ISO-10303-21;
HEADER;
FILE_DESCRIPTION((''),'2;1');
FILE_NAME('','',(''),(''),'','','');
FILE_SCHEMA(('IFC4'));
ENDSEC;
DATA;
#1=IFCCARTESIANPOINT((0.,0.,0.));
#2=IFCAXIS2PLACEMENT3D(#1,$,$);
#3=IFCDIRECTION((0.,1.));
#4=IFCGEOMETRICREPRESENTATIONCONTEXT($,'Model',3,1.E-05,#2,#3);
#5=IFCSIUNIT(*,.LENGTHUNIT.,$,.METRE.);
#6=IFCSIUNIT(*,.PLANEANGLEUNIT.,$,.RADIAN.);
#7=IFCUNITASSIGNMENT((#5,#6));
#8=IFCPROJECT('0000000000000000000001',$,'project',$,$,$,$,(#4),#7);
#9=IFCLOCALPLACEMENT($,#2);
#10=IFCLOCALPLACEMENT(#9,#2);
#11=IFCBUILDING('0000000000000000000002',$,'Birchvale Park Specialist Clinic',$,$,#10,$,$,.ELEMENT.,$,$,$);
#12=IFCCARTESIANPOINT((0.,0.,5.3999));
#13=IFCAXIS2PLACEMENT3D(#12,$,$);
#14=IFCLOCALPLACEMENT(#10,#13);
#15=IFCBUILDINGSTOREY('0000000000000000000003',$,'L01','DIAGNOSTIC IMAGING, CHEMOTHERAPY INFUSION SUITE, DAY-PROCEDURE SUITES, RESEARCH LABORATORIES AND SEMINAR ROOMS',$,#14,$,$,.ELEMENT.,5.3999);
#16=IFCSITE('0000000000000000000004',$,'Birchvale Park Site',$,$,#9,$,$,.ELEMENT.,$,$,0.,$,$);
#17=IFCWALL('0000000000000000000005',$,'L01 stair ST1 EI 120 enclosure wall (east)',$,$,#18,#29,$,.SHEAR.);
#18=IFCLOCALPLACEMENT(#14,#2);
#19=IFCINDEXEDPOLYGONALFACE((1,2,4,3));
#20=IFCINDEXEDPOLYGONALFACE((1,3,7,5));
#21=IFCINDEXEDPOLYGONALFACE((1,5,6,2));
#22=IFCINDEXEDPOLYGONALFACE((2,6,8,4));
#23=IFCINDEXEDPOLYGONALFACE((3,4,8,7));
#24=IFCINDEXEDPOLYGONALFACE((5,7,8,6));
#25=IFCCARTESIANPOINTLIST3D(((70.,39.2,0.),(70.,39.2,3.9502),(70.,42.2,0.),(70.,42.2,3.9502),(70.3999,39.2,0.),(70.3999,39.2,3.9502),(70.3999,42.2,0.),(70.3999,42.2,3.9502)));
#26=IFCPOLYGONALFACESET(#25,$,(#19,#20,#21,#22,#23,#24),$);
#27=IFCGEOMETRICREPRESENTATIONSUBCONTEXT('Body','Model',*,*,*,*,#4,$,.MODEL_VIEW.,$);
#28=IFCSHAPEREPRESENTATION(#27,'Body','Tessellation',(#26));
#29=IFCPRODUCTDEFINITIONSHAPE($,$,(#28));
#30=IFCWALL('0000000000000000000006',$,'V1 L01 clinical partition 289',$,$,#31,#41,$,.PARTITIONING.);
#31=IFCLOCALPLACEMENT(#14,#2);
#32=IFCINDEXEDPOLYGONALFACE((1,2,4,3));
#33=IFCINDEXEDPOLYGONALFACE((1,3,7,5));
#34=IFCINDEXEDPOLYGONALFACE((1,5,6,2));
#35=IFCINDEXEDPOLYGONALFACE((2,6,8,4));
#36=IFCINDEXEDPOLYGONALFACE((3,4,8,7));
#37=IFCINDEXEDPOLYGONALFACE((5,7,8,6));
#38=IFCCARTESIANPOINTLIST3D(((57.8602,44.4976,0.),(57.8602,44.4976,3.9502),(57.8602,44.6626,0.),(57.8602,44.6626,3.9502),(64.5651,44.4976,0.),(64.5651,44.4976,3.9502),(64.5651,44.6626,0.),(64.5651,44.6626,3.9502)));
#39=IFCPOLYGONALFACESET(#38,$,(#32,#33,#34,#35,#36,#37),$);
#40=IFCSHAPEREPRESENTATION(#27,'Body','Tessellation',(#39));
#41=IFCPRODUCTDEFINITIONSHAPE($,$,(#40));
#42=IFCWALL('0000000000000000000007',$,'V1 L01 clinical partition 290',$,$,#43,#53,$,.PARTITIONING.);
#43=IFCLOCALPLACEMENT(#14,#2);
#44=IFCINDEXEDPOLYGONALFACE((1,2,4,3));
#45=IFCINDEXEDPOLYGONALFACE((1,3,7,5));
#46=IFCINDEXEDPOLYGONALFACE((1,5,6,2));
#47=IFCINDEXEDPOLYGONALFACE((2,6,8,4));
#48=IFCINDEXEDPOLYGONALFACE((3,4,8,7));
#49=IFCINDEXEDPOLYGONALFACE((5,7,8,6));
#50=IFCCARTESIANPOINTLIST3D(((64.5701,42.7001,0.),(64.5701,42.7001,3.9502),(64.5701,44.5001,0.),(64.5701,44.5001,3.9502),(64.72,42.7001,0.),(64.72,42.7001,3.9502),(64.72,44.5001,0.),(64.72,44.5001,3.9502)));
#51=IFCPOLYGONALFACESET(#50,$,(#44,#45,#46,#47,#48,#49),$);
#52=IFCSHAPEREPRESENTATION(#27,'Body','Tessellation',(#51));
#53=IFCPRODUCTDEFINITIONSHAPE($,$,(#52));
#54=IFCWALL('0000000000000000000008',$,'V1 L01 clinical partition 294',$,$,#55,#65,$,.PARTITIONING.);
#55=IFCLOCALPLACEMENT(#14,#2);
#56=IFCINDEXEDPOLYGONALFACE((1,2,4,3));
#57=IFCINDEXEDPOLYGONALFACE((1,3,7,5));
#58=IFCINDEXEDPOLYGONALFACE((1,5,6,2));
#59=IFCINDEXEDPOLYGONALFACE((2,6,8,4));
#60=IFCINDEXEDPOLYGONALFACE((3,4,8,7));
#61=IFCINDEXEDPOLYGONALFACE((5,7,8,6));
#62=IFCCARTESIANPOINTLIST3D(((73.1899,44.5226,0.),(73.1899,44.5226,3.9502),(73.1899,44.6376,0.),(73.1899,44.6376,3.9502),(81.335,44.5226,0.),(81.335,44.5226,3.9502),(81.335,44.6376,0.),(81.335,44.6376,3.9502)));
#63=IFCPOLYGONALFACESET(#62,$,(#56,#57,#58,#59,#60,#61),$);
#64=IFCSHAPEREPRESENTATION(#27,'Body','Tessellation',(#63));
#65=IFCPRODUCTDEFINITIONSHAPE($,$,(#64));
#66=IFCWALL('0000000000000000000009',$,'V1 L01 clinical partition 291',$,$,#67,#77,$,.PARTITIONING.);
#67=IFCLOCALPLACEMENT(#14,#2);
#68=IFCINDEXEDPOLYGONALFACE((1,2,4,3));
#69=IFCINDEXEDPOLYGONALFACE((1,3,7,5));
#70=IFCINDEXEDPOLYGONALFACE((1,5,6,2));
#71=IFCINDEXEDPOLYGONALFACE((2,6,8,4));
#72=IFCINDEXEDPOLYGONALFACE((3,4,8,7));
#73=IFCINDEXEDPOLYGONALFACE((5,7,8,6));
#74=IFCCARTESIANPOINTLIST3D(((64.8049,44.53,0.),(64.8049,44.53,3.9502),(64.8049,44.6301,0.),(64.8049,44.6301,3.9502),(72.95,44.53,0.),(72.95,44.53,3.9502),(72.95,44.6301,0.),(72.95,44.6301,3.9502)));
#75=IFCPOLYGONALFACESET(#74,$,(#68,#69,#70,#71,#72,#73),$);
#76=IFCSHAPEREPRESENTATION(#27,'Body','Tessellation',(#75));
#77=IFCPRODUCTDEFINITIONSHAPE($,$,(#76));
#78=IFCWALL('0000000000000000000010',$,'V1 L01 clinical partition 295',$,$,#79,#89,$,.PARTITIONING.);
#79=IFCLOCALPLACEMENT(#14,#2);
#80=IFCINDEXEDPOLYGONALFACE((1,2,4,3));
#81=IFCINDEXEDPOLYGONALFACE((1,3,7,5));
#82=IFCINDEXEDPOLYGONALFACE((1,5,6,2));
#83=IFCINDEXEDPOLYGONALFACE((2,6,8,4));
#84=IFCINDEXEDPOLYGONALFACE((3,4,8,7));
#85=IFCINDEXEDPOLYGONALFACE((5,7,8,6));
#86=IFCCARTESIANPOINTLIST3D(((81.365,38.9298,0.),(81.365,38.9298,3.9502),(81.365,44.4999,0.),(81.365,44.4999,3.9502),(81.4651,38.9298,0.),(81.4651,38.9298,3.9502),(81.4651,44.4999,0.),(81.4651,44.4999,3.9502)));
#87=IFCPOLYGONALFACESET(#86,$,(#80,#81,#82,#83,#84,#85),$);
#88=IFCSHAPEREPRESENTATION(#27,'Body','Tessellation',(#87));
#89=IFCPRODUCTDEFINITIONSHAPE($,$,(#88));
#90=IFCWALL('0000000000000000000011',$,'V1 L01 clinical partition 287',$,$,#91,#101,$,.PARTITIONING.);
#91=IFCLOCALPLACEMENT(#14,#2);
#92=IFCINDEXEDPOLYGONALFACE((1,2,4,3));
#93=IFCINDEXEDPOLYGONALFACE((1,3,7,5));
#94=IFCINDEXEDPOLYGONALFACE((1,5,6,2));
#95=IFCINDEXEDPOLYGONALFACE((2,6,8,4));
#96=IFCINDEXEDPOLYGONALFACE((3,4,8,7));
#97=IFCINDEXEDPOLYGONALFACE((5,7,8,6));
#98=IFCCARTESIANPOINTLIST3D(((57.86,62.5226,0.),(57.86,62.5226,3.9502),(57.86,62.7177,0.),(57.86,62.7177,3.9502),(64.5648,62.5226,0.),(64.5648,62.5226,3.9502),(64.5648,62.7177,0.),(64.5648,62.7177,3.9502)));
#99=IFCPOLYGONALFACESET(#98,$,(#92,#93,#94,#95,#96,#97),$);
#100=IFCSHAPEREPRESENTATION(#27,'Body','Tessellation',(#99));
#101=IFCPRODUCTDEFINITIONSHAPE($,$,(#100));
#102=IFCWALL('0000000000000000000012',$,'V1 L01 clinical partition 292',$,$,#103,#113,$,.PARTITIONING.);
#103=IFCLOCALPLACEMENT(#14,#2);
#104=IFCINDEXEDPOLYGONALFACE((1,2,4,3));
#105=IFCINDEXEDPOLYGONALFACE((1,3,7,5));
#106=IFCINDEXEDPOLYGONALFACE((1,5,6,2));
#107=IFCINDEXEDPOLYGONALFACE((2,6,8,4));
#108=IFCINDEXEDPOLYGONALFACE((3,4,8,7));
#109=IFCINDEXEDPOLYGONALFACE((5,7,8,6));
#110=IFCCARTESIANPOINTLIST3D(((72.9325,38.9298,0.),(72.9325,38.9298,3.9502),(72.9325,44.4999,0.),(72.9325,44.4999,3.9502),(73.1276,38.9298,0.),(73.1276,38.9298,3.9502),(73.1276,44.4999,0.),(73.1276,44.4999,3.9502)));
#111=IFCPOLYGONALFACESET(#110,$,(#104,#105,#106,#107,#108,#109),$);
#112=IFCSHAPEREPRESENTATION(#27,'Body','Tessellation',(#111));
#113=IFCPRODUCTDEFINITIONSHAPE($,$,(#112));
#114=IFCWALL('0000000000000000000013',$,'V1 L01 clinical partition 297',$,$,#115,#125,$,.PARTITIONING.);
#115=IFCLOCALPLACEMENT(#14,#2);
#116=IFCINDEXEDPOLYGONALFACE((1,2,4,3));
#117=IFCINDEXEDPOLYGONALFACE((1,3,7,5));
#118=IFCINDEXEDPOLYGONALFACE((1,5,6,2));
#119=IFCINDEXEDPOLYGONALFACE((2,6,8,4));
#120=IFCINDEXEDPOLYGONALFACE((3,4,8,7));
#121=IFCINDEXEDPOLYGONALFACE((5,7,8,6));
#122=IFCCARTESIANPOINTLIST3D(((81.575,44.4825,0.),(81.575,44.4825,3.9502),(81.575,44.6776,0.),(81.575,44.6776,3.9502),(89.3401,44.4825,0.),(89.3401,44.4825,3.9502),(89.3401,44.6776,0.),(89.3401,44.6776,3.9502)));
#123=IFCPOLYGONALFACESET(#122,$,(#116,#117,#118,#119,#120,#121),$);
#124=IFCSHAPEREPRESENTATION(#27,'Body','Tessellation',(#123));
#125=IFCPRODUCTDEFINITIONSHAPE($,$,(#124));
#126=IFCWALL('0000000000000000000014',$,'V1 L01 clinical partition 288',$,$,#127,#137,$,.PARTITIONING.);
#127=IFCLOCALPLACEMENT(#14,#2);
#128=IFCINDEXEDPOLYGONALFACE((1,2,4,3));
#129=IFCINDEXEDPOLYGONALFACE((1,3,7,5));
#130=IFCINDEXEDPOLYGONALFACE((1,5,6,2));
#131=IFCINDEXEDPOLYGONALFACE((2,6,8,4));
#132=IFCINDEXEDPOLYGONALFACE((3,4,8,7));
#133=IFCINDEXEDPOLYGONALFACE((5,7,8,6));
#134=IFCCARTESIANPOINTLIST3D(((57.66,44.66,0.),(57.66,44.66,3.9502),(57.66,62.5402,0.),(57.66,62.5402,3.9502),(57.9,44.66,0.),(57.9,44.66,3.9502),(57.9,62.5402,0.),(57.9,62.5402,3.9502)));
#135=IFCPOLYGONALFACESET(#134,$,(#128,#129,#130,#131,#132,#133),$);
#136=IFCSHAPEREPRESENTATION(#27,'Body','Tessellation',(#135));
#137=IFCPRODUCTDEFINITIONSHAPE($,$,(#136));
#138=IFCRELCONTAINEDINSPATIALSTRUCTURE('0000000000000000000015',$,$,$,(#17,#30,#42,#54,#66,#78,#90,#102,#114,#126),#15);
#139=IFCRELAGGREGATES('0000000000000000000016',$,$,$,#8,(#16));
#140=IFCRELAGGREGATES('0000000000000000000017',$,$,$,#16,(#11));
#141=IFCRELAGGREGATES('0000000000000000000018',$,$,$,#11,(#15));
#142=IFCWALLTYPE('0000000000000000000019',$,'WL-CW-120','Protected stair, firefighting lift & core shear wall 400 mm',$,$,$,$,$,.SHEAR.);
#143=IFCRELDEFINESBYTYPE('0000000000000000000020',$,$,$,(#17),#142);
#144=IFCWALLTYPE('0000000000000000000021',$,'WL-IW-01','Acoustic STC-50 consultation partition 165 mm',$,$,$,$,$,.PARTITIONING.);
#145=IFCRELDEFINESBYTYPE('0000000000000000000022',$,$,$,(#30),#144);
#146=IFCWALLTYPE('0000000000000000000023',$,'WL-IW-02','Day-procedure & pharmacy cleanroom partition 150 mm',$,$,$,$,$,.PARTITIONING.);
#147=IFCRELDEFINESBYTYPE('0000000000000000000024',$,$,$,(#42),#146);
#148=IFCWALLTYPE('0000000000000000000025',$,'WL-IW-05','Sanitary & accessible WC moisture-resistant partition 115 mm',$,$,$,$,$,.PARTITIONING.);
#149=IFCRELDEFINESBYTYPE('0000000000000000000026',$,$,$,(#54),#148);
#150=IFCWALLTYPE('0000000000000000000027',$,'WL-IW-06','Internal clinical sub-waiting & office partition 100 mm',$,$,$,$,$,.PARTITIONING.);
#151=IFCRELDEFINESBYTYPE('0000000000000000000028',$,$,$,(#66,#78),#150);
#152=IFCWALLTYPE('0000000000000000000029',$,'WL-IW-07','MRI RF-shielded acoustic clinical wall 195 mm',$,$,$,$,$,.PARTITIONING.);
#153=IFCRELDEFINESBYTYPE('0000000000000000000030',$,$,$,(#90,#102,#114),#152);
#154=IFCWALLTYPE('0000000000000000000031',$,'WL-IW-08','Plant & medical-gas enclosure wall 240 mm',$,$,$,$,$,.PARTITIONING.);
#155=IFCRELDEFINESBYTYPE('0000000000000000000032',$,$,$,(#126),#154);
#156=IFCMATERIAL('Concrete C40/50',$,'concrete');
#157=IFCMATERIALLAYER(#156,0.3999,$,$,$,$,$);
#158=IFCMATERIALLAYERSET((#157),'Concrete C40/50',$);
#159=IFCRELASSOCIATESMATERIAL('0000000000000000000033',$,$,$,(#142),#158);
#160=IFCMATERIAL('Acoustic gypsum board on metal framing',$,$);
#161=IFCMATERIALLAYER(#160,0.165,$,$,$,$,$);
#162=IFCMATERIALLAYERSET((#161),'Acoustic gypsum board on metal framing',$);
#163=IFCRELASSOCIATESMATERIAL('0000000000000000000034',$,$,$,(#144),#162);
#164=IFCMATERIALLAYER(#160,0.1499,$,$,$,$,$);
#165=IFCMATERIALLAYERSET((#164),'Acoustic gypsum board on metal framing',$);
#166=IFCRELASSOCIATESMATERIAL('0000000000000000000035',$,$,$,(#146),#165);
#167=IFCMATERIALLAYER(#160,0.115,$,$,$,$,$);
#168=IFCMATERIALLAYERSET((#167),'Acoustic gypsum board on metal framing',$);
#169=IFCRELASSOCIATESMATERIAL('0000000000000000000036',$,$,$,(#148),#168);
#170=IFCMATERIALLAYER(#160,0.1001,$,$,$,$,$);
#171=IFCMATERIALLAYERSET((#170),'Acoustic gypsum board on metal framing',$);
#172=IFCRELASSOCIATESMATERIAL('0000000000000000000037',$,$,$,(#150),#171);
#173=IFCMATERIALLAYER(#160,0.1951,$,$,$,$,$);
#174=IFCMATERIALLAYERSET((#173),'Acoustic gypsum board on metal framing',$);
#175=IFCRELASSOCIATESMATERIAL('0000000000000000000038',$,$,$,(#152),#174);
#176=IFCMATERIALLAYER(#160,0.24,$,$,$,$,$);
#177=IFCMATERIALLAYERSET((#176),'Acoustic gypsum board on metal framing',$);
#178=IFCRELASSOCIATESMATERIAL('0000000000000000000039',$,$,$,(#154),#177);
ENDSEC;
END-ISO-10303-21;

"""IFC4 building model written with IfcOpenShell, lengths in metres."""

from ifc_helpers import new_model, si_unit, direction, frame, frame_2d, origin, place, context, subcontext, project, spatial, rectangle, extrude, material, layer, layer_set, type_object, element, save


model = new_model("IFC4")

# Units and contexts
model_context = context("Model", 3, precision=1e-05, world=origin(), true_north=direction((0.0, 1.0)))
body_context = subcontext(model_context, "Body", "Model", "MODEL_VIEW")
ifc_project = project(units=[si_unit("LENGTHUNIT", "METRE"), si_unit("PLANEANGLEUNIT", "RADIAN")], contexts=[model_context])

# Site, building, storey
site_placement = place(None, origin())
site = spatial("IfcSite", under=ifc_project, at=site_placement, Name="Birchvale Park Site", CompositionType="ELEMENT", RefElevation=0.0)
building_placement = place(site_placement, origin())
building = spatial("IfcBuilding", under=site, at=building_placement, Name="Birchvale Park Specialist Clinic", CompositionType="ELEMENT")
storey_placement = place(building_placement, frame((0.0, 0.0, 5.3999)))
storey = spatial("IfcBuildingStorey", under=building, at=storey_placement, Name="L01", Description="DIAGNOSTIC IMAGING, CHEMOTHERAPY INFUSION SUITE, DAY-PROCEDURE SUITES, RESEARCH LABORATORIES AND SEMINAR ROOMS", CompositionType="ELEMENT", Elevation=5.3999)

# Shared definitions
ifc_material_1 = material(Name="Concrete C40/50", Category="concrete")

# Walls
ifc_layer_1 = layer(ifc_material_1, 0.3999)
ifc_layer_set_1 = layer_set([ifc_layer_1], Name="Concrete C40/50")
wall_type_1 = type_object("IfcWallType", Name="WL-CW-120", Description="Protected stair, firefighting lift & core shear wall 400 mm", PredefinedType="SHEAR", material=ifc_layer_set_1)
for number, where, z_axis, x_axis, name in (
    (1, (70.2, 42.2, 0.0), (0.0, 0.0, 1.0), (0.0, -1.0, 0.0), "L01 stair ST1 EI 120 enclosure wall (east)"),
):
    element("IfcWall", number, at=place(storey_placement, frame(where, z_axis=z_axis, x_axis=x_axis)), inside=storey, type_object=wall_type_1, Name=name, PredefinedType="SHEAR", context=body_context, shape_type="SweptSolid", body=[
        extrude(rectangle(XDim=3.0, YDim=0.3999, at=frame_2d((1.5, 0.0))), origin(), (0.0, 0.0, 1.0), 3.9502),
    ])
ifc_material_2 = material(Name="Acoustic gypsum board on metal framing")
ifc_layer_2 = layer(ifc_material_2, 0.165)
ifc_layer_set_2 = layer_set([ifc_layer_2], Name="Acoustic gypsum board on metal framing")
wall_type_2 = type_object("IfcWallType", Name="WL-IW-01", Description="Acoustic STC-50 consultation partition 165 mm", PredefinedType="PARTITIONING", material=ifc_layer_set_2)
wall_1_placement = place(storey_placement, frame((57.8601, 44.5801, 0.0), z_axis=(0.0, 0.0, 1.0), x_axis=(1.0, 0.0, 0.0)))
element("IfcWall", 2, at=wall_1_placement, inside=storey, type_object=wall_type_2, Name="V1 L01 clinical partition 289", PredefinedType="PARTITIONING", context=body_context, shape_type="SweptSolid", body=[
    extrude(rectangle(XDim=6.7048, YDim=0.165, at=frame_2d((3.3525, 0.0))), origin(), (0.0, 0.0, 1.0), 3.9502),
])
ifc_layer_3 = layer(ifc_material_2, 0.1499)
ifc_layer_set_3 = layer_set([ifc_layer_3], Name="Acoustic gypsum board on metal framing")
wall_type_3 = type_object("IfcWallType", Name="WL-IW-02", Description="Day-procedure & pharmacy cleanroom partition 150 mm", PredefinedType="PARTITIONING", material=ifc_layer_set_3)
wall_2_placement = place(storey_placement, frame((64.645, 44.5, 0.0), z_axis=(0.0, 0.0, 1.0), x_axis=(0.0, -1.0, 0.0)))
element("IfcWall", 3, at=wall_2_placement, inside=storey, type_object=wall_type_3, Name="V1 L01 clinical partition 290", PredefinedType="PARTITIONING", context=body_context, shape_type="SweptSolid", body=[
    extrude(rectangle(XDim=1.8, YDim=0.1499, at=frame_2d((0.8999, 0.0))), origin(), (0.0, 0.0, 1.0), 3.9502),
])
ifc_layer_4 = layer(ifc_material_2, 0.115)
ifc_layer_set_4 = layer_set([ifc_layer_4], Name="Acoustic gypsum board on metal framing")
wall_type_4 = type_object("IfcWallType", Name="WL-IW-05", Description="Sanitary & accessible WC moisture-resistant partition 115 mm", PredefinedType="PARTITIONING", material=ifc_layer_set_4)
wall_3_placement = place(storey_placement, frame((73.1899, 44.5801, 0.0), z_axis=(0.0, 0.0, 1.0), x_axis=(1.0, 0.0, 0.0)))
element("IfcWall", 4, at=wall_3_placement, inside=storey, type_object=wall_type_4, Name="V1 L01 clinical partition 294", PredefinedType="PARTITIONING", context=body_context, shape_type="SweptSolid", body=[
    extrude(rectangle(XDim=8.145, YDim=0.115, at=frame_2d((4.0725, 0.0))), origin(), (0.0, 0.0, 1.0), 3.9502),
])
ifc_layer_5 = layer(ifc_material_2, 0.1001)
ifc_layer_set_5 = layer_set([ifc_layer_5], Name="Acoustic gypsum board on metal framing")
wall_type_5 = type_object("IfcWallType", Name="WL-IW-06", Description="Internal clinical sub-waiting & office partition 100 mm", PredefinedType="PARTITIONING", material=ifc_layer_set_5)
wall_4_placement = place(storey_placement, frame((64.8049, 44.5801, 0.0), z_axis=(0.0, 0.0, 1.0), x_axis=(1.0, 0.0, 0.0)))
element("IfcWall", 5, at=wall_4_placement, inside=storey, type_object=wall_type_5, Name="V1 L01 clinical partition 291", PredefinedType="PARTITIONING", context=body_context, shape_type="SweptSolid", body=[
    extrude(rectangle(XDim=8.145, YDim=0.1001, at=frame_2d((4.0725, 0.0))), origin(), (0.0, 0.0, 1.0), 3.9502),
])
wall_5_placement = place(storey_placement, frame((81.415, 44.5, 0.0), z_axis=(0.0, 0.0, 1.0), x_axis=(0.0, -1.0, 0.0)))
element("IfcWall", 6, at=wall_5_placement, inside=storey, type_object=wall_type_5, Name="V1 L01 clinical partition 295", PredefinedType="PARTITIONING", context=body_context, shape_type="SweptSolid", body=[
    extrude(rectangle(XDim=5.5701, YDim=0.1001, at=frame_2d((2.7852, 0.0))), origin(), (0.0, 0.0, 1.0), 3.9502),
])
ifc_layer_6 = layer(ifc_material_2, 0.1951)
ifc_layer_set_6 = layer_set([ifc_layer_6], Name="Acoustic gypsum board on metal framing")
wall_type_6 = type_object("IfcWallType", Name="WL-IW-07", Description="MRI RF-shielded acoustic clinical wall 195 mm", PredefinedType="PARTITIONING", material=ifc_layer_set_6)
wall_6_placement = place(storey_placement, frame((64.5649, 62.6201, 0.0), z_axis=(0.0, 0.0, 1.0), x_axis=(-1.0, 0.0, 0.0)))
element("IfcWall", 7, at=wall_6_placement, inside=storey, type_object=wall_type_6, Name="V1 L01 clinical partition 287", PredefinedType="PARTITIONING", context=body_context, shape_type="SweptSolid", body=[
    extrude(rectangle(XDim=6.7048, YDim=0.1951, at=frame_2d((3.3525, 0.0))), origin(), (0.0, 0.0, 1.0), 3.9502),
])
wall_7_placement = place(storey_placement, frame((73.03, 44.5, 0.0), z_axis=(0.0, 0.0, 1.0), x_axis=(0.0, -1.0, 0.0)))
element("IfcWall", 8, at=wall_7_placement, inside=storey, type_object=wall_type_6, Name="V1 L01 clinical partition 292", PredefinedType="PARTITIONING", context=body_context, shape_type="SweptSolid", body=[
    extrude(rectangle(XDim=5.5701, YDim=0.1951, at=frame_2d((2.7852, 0.0))), origin(), (0.0, 0.0, 1.0), 3.9502),
])
wall_8_placement = place(storey_placement, frame((81.575, 44.5801, 0.0), z_axis=(0.0, 0.0, 1.0), x_axis=(1.0, 0.0, 0.0)))
element("IfcWall", 9, at=wall_8_placement, inside=storey, type_object=wall_type_6, Name="V1 L01 clinical partition 297", PredefinedType="PARTITIONING", context=body_context, shape_type="SweptSolid", body=[
    extrude(rectangle(XDim=7.7651, YDim=0.1951, at=frame_2d((3.8826, 0.0))), origin(), (0.0, 0.0, 1.0), 3.9502),
])
ifc_layer_7 = layer(ifc_material_2, 0.24)
ifc_layer_set_7 = layer_set([ifc_layer_7], Name="Acoustic gypsum board on metal framing")
wall_type_7 = type_object("IfcWallType", Name="WL-IW-08", Description="Plant & medical-gas enclosure wall 240 mm", PredefinedType="PARTITIONING", material=ifc_layer_set_7)
wall_9_placement = place(storey_placement, frame((57.78, 62.54, 0.0), z_axis=(0.0, 0.0, 1.0), x_axis=(0.0, -1.0, 0.0)))
element("IfcWall", 10, at=wall_9_placement, inside=storey, type_object=wall_type_7, Name="V1 L01 clinical partition 288", PredefinedType="PARTITIONING", context=body_context, shape_type="SweptSolid", body=[
    extrude(rectangle(XDim=17.8801, YDim=0.24, at=frame_2d((8.9399, 0.0))), origin(), (0.0, 0.0, 1.0), 3.9502),
])

save(model, "model.ifc")
